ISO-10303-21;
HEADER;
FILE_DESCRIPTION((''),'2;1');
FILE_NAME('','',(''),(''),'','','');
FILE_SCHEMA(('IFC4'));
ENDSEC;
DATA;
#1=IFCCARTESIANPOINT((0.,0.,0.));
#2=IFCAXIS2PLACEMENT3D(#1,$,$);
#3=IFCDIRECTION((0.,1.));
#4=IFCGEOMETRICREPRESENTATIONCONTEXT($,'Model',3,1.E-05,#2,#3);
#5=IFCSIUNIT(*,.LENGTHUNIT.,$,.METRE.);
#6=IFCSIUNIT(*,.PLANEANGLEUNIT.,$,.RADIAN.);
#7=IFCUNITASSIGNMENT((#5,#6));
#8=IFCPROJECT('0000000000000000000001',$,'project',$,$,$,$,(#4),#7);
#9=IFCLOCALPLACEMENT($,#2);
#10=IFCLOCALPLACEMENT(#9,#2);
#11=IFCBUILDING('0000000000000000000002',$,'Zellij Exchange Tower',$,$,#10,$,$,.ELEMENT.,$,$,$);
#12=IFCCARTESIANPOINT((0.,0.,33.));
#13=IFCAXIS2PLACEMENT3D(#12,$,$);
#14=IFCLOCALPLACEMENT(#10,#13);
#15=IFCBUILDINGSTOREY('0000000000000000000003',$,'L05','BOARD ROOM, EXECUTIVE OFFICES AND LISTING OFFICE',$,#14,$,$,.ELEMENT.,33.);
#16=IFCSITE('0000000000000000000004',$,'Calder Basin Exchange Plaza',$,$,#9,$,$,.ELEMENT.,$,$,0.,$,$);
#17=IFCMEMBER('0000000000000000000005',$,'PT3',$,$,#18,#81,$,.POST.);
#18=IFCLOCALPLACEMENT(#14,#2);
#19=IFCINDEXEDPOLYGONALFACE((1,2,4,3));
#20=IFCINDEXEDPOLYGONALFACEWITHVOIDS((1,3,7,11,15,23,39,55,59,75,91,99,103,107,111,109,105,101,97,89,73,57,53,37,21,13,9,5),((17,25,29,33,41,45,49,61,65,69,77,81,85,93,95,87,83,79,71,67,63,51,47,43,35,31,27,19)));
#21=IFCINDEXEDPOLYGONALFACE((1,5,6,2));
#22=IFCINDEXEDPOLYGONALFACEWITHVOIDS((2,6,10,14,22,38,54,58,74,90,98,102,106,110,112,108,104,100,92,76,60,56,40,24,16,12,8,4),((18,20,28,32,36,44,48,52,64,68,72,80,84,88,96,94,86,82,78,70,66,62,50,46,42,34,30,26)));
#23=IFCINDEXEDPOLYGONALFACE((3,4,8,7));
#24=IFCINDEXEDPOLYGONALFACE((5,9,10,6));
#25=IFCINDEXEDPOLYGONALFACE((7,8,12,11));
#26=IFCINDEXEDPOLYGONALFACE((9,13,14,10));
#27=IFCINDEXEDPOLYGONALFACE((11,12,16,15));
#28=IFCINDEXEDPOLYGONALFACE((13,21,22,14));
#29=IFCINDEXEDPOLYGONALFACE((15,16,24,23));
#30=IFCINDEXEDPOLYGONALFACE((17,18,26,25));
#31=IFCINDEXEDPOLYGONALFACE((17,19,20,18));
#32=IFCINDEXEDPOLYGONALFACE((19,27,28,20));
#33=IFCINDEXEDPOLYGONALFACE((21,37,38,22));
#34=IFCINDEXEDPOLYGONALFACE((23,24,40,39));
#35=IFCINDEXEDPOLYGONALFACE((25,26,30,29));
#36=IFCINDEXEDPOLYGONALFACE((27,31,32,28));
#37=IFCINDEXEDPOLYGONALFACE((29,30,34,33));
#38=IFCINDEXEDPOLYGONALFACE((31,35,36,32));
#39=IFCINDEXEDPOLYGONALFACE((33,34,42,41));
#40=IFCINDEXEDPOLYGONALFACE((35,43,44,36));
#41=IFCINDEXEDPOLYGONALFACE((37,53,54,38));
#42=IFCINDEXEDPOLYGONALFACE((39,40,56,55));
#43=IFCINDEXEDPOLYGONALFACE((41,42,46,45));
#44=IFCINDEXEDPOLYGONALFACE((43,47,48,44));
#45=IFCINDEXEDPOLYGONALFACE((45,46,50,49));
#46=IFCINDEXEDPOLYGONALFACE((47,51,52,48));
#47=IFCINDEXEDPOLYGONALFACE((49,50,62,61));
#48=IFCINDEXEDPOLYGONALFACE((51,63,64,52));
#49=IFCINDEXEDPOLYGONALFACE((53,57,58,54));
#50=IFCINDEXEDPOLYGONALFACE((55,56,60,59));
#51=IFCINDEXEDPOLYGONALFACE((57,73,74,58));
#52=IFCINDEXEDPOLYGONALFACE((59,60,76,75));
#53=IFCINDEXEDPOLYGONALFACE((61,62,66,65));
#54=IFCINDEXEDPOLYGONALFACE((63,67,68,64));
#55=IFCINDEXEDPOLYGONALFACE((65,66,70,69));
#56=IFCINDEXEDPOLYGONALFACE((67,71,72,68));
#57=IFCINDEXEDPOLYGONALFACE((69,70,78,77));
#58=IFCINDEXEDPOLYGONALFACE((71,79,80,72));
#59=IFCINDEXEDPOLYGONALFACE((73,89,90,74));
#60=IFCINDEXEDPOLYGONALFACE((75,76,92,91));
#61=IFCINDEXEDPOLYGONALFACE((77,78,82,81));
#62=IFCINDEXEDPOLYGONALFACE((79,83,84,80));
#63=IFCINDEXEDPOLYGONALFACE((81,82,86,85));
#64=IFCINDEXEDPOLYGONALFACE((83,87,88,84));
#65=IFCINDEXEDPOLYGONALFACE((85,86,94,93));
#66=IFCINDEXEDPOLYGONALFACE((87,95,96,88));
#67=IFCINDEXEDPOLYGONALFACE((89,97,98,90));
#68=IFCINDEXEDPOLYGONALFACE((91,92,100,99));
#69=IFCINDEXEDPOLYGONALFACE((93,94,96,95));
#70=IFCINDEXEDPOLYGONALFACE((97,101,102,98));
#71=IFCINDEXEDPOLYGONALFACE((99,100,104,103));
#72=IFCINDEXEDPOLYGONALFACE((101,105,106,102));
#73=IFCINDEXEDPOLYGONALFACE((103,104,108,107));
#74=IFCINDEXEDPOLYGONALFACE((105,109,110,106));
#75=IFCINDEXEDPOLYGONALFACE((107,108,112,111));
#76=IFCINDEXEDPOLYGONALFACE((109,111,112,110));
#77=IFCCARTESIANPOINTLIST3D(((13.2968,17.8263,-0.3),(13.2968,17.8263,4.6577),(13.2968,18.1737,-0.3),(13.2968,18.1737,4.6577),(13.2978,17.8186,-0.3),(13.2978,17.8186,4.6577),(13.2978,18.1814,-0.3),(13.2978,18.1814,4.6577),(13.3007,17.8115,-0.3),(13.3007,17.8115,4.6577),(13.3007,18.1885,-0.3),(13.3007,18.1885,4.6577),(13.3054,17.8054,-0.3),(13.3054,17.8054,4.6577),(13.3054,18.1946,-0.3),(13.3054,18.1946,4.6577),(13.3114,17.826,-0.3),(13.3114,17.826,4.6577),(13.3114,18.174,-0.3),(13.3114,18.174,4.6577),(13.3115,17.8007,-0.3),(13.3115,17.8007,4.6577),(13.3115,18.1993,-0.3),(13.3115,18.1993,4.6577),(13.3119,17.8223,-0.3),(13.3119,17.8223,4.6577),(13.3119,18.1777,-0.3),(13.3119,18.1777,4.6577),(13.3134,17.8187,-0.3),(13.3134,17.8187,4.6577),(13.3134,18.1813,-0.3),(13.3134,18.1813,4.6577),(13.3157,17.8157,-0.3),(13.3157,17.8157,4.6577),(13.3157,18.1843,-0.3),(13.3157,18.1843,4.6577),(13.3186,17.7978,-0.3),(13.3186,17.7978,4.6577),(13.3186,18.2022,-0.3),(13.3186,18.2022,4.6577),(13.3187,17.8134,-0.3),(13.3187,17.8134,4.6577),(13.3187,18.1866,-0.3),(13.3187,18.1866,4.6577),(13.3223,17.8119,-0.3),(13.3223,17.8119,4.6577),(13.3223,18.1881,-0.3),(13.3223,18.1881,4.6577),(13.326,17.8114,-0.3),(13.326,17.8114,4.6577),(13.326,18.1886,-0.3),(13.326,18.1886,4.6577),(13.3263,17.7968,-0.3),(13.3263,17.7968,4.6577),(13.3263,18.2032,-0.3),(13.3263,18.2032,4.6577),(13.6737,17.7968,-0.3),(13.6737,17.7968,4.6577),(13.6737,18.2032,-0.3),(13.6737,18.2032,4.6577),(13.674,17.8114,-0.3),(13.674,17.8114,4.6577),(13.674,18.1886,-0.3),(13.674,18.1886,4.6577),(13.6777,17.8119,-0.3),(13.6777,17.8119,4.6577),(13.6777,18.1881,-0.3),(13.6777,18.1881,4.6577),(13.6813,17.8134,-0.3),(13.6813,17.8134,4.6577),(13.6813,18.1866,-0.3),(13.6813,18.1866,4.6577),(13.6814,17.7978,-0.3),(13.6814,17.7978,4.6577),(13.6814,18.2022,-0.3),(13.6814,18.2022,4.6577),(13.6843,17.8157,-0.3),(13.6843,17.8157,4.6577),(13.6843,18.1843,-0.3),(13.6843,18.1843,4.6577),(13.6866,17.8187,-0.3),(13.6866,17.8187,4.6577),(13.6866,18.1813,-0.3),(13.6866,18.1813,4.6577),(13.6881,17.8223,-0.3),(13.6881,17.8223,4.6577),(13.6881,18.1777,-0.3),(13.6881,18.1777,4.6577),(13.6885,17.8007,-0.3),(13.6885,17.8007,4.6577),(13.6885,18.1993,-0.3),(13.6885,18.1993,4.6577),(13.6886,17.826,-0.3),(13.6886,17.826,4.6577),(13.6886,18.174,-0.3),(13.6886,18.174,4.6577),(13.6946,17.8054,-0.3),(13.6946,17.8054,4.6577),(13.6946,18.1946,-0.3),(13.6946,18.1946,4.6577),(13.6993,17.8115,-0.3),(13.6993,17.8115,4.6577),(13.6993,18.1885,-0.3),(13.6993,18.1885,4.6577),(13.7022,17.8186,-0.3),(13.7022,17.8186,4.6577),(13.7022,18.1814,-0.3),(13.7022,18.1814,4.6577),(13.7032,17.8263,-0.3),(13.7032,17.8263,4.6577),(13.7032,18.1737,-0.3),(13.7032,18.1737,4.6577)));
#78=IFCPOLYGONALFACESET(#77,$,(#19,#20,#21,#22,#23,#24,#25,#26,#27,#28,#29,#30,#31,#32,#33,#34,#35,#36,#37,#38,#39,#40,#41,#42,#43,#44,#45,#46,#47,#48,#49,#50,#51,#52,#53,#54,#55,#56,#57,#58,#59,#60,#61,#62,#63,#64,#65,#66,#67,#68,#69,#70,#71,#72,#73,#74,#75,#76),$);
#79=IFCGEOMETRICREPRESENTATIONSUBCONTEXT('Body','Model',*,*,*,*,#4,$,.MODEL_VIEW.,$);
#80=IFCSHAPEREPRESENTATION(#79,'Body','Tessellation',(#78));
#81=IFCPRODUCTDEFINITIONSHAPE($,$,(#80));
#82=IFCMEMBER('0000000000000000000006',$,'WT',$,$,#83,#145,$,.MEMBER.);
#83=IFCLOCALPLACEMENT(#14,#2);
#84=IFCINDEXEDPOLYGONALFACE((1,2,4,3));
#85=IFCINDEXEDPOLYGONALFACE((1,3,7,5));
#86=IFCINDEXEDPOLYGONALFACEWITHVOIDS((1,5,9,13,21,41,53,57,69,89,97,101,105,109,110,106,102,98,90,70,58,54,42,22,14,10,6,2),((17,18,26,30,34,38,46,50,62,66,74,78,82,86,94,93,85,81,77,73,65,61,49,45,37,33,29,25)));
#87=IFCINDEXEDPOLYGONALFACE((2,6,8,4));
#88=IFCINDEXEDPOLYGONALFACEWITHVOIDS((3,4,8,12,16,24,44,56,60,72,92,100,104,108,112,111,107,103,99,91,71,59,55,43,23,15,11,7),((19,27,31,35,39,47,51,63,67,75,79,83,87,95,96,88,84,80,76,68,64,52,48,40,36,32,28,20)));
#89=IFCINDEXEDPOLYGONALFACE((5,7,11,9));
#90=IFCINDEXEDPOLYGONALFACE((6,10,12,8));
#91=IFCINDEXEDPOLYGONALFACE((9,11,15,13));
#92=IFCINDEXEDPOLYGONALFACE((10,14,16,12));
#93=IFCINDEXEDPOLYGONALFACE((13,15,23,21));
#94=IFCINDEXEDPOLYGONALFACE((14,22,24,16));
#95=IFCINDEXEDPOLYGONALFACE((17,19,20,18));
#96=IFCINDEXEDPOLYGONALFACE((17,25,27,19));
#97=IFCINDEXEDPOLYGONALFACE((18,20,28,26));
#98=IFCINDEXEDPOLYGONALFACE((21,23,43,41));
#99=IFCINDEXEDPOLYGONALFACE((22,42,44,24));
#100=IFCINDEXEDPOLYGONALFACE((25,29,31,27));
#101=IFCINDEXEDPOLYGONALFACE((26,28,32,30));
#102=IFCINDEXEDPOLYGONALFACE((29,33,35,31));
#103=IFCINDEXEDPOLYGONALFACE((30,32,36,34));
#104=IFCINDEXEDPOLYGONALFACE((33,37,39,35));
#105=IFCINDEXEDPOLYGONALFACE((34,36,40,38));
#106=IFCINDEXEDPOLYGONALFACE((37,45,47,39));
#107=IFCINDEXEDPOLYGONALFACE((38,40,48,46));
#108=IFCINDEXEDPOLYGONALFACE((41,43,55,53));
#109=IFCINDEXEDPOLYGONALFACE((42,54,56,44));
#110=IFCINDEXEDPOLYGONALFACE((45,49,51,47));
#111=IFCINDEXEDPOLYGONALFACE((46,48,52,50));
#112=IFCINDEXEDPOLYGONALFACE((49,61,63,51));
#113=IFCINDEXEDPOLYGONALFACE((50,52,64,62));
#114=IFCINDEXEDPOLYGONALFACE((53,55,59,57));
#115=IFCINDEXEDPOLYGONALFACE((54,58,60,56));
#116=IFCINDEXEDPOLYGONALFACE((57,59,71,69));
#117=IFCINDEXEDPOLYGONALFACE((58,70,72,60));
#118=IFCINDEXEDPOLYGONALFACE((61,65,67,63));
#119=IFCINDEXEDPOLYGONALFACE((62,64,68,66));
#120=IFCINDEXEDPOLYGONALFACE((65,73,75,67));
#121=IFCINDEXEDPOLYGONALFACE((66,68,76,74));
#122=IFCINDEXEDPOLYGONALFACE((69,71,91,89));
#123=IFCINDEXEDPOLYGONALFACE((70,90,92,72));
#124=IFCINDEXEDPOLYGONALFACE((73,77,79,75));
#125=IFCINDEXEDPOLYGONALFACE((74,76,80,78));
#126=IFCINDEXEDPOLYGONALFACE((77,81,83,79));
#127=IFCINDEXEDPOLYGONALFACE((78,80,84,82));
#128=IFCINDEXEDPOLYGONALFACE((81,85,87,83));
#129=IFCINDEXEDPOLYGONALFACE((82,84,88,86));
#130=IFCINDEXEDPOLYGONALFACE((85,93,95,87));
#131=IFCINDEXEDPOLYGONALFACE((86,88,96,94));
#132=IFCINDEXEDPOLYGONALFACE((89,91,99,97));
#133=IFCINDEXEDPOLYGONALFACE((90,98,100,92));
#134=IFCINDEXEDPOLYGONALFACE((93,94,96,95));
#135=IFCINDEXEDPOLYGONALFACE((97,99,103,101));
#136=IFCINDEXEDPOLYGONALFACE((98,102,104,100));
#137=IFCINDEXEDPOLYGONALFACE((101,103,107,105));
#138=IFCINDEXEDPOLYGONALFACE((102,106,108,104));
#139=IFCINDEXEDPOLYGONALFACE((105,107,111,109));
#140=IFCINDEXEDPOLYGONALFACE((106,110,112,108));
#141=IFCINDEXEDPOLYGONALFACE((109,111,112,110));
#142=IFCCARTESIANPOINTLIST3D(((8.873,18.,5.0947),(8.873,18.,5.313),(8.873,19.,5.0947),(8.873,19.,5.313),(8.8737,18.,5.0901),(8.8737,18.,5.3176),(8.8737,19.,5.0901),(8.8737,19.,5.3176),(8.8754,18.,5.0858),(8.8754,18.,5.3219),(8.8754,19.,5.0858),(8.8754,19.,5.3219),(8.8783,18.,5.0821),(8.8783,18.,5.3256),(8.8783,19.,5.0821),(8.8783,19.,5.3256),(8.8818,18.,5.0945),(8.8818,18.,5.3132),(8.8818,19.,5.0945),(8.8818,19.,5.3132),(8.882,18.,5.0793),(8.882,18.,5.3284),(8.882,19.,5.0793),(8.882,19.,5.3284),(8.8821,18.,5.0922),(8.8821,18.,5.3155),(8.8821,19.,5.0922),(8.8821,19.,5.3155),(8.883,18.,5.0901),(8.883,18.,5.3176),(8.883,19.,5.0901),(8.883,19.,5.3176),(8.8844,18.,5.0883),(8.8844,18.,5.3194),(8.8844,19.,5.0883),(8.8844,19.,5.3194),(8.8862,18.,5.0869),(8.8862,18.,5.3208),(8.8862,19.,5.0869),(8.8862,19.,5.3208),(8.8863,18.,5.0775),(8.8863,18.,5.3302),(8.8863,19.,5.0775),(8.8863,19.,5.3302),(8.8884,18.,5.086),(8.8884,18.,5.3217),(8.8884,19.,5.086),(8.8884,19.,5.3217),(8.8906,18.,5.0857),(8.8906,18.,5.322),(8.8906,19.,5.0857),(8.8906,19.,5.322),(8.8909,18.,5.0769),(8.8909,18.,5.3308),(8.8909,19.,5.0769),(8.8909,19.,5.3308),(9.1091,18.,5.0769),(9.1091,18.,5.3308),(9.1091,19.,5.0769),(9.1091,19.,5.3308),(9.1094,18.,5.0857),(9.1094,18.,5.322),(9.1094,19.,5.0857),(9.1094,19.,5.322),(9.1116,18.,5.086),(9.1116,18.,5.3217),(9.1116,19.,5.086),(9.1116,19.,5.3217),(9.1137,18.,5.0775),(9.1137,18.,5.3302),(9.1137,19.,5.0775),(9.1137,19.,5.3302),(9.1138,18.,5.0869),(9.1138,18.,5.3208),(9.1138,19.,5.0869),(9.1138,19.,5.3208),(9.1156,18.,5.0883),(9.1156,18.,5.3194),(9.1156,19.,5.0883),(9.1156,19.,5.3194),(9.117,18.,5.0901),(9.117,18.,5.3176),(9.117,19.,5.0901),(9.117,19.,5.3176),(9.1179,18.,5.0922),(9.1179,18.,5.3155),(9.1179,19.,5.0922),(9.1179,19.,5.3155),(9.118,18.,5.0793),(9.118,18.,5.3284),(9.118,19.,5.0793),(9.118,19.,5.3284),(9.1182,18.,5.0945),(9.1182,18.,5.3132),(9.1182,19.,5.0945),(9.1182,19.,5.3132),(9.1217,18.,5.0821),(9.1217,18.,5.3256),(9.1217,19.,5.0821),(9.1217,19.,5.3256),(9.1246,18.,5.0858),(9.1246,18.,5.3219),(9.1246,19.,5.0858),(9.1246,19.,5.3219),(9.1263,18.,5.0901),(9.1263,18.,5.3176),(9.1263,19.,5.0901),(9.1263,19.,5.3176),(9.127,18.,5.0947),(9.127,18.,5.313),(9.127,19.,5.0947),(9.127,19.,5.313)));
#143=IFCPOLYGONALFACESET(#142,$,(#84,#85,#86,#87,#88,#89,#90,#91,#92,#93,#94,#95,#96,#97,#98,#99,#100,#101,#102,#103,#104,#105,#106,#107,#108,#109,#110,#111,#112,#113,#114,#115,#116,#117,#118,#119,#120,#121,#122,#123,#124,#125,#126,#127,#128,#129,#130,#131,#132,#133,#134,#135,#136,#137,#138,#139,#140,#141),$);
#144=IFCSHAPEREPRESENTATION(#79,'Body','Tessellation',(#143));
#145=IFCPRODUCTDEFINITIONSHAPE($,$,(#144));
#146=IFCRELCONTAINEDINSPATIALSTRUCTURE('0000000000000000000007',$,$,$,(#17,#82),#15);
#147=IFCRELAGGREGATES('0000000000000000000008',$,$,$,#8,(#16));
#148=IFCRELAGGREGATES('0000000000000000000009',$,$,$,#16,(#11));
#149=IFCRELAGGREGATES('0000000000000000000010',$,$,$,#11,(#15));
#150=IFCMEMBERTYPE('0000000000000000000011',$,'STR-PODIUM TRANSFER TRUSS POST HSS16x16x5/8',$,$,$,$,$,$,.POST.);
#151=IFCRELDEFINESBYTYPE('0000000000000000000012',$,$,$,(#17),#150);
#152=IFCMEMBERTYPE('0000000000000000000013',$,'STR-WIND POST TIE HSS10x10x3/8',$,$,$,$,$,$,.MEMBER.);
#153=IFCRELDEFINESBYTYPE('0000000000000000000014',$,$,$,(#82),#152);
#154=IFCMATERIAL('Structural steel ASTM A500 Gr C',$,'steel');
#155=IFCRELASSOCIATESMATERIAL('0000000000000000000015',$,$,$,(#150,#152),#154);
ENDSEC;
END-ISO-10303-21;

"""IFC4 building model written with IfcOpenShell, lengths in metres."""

from ifc_helpers import new_model, si_unit, direction, frame, origin, origin_2d, place, context, subcontext, project, spatial, hollow_rectangle, extrude, material, material_profile, profile_set, type_object, element, save


model = new_model("IFC4")

# Units and contexts
model_context = context("Model", 3, precision=1e-05, world=origin(), true_north=direction((0.0, 1.0)))
body_context = subcontext(model_context, "Body", "Model", "MODEL_VIEW")
ifc_project = project(units=[si_unit("LENGTHUNIT", "METRE"), si_unit("PLANEANGLEUNIT", "RADIAN")], contexts=[model_context])

# Site, building, storey
site_placement = place(None, origin())
site = spatial("IfcSite", under=ifc_project, at=site_placement, Name="Calder Basin Exchange Plaza", CompositionType="ELEMENT", RefElevation=0.0)
building_placement = place(site_placement, origin())
building = spatial("IfcBuilding", under=site, at=building_placement, Name="Zellij Exchange Tower", CompositionType="ELEMENT")
storey_placement = place(building_placement, frame((0.0, 0.0, 33.0)))
storey = spatial("IfcBuildingStorey", under=building, at=storey_placement, Name="L05", Description="BOARD ROOM, EXECUTIVE OFFICES AND LISTING OFFICE", CompositionType="ELEMENT", Elevation=33.0)

# Members
ifc_material_1 = material(Name="Structural steel ASTM A500 Gr C", Category="steel")
ifc_material_profile_1 = material_profile(ifc_material_1, hollow_rectangle(XDim=0.4065, YDim=0.4065, WallThickness=0.0146, InnerFilletRadius=0.0146, OuterFilletRadius=0.0295, at=origin_2d()), Name="STR-PODIUM TRANSFER TRUSS POST HSS16x16x5/8")
ifc_profile_set_1 = profile_set([ifc_material_profile_1], Name="Structural steel ASTM A500 Gr C")
member_type_1 = type_object("IfcMemberType", Name="STR-PODIUM TRANSFER TRUSS POST HSS16x16x5/8", PredefinedType="POST", material=ifc_profile_set_1)
for number, where, z_axis, x_axis, name in (
    (1, (13.5, 18.0, -0.3), (0.0, 0.0, 1.0), (1.0, 0.0, 0.0), "PT3"),
):
    element("IfcMember", number, at=place(storey_placement, frame(where, z_axis=z_axis, x_axis=x_axis)), inside=storey, type_object=member_type_1, Name=name, PredefinedType="POST", context=body_context, shape_type="SweptSolid", body=[
        extrude(hollow_rectangle(XDim=0.4065, YDim=0.4065, WallThickness=0.0146, InnerFilletRadius=0.0146, OuterFilletRadius=0.0295, at=origin_2d()), origin(), (0.0, 0.0, 1.0), 4.9578),
    ])
ifc_material_profile_2 = material_profile(ifc_material_1, hollow_rectangle(XDim=0.2539, YDim=0.2539, WallThickness=0.0088, InnerFilletRadius=0.0088, OuterFilletRadius=0.0178, at=origin_2d()), Name="STR-WIND POST TIE HSS10x10x3/8")
ifc_profile_set_2 = profile_set([ifc_material_profile_2], Name="Structural steel ASTM A500 Gr C")
member_type_2 = type_object("IfcMemberType", Name="STR-WIND POST TIE HSS10x10x3/8", PredefinedType="MEMBER", material=ifc_profile_set_2)
for number, where, z_axis, x_axis, name in (
    (2, (9.0, 19.0, 5.2039), (0.0, -1.0, 0.0), (1.0, 0.0, 0.0), "WT"),
):
    element("IfcMember", number, at=place(storey_placement, frame(where, z_axis=z_axis, x_axis=x_axis)), inside=storey, type_object=member_type_2, Name=name, PredefinedType="MEMBER", context=body_context, shape_type="SweptSolid", body=[
        extrude(hollow_rectangle(XDim=0.2539, YDim=0.2539, WallThickness=0.0088, InnerFilletRadius=0.0088, OuterFilletRadius=0.0178, at=origin_2d()), origin(), (0.0, 0.0, 1.0), 1.0),
    ])

save(model, "model.ifc")
